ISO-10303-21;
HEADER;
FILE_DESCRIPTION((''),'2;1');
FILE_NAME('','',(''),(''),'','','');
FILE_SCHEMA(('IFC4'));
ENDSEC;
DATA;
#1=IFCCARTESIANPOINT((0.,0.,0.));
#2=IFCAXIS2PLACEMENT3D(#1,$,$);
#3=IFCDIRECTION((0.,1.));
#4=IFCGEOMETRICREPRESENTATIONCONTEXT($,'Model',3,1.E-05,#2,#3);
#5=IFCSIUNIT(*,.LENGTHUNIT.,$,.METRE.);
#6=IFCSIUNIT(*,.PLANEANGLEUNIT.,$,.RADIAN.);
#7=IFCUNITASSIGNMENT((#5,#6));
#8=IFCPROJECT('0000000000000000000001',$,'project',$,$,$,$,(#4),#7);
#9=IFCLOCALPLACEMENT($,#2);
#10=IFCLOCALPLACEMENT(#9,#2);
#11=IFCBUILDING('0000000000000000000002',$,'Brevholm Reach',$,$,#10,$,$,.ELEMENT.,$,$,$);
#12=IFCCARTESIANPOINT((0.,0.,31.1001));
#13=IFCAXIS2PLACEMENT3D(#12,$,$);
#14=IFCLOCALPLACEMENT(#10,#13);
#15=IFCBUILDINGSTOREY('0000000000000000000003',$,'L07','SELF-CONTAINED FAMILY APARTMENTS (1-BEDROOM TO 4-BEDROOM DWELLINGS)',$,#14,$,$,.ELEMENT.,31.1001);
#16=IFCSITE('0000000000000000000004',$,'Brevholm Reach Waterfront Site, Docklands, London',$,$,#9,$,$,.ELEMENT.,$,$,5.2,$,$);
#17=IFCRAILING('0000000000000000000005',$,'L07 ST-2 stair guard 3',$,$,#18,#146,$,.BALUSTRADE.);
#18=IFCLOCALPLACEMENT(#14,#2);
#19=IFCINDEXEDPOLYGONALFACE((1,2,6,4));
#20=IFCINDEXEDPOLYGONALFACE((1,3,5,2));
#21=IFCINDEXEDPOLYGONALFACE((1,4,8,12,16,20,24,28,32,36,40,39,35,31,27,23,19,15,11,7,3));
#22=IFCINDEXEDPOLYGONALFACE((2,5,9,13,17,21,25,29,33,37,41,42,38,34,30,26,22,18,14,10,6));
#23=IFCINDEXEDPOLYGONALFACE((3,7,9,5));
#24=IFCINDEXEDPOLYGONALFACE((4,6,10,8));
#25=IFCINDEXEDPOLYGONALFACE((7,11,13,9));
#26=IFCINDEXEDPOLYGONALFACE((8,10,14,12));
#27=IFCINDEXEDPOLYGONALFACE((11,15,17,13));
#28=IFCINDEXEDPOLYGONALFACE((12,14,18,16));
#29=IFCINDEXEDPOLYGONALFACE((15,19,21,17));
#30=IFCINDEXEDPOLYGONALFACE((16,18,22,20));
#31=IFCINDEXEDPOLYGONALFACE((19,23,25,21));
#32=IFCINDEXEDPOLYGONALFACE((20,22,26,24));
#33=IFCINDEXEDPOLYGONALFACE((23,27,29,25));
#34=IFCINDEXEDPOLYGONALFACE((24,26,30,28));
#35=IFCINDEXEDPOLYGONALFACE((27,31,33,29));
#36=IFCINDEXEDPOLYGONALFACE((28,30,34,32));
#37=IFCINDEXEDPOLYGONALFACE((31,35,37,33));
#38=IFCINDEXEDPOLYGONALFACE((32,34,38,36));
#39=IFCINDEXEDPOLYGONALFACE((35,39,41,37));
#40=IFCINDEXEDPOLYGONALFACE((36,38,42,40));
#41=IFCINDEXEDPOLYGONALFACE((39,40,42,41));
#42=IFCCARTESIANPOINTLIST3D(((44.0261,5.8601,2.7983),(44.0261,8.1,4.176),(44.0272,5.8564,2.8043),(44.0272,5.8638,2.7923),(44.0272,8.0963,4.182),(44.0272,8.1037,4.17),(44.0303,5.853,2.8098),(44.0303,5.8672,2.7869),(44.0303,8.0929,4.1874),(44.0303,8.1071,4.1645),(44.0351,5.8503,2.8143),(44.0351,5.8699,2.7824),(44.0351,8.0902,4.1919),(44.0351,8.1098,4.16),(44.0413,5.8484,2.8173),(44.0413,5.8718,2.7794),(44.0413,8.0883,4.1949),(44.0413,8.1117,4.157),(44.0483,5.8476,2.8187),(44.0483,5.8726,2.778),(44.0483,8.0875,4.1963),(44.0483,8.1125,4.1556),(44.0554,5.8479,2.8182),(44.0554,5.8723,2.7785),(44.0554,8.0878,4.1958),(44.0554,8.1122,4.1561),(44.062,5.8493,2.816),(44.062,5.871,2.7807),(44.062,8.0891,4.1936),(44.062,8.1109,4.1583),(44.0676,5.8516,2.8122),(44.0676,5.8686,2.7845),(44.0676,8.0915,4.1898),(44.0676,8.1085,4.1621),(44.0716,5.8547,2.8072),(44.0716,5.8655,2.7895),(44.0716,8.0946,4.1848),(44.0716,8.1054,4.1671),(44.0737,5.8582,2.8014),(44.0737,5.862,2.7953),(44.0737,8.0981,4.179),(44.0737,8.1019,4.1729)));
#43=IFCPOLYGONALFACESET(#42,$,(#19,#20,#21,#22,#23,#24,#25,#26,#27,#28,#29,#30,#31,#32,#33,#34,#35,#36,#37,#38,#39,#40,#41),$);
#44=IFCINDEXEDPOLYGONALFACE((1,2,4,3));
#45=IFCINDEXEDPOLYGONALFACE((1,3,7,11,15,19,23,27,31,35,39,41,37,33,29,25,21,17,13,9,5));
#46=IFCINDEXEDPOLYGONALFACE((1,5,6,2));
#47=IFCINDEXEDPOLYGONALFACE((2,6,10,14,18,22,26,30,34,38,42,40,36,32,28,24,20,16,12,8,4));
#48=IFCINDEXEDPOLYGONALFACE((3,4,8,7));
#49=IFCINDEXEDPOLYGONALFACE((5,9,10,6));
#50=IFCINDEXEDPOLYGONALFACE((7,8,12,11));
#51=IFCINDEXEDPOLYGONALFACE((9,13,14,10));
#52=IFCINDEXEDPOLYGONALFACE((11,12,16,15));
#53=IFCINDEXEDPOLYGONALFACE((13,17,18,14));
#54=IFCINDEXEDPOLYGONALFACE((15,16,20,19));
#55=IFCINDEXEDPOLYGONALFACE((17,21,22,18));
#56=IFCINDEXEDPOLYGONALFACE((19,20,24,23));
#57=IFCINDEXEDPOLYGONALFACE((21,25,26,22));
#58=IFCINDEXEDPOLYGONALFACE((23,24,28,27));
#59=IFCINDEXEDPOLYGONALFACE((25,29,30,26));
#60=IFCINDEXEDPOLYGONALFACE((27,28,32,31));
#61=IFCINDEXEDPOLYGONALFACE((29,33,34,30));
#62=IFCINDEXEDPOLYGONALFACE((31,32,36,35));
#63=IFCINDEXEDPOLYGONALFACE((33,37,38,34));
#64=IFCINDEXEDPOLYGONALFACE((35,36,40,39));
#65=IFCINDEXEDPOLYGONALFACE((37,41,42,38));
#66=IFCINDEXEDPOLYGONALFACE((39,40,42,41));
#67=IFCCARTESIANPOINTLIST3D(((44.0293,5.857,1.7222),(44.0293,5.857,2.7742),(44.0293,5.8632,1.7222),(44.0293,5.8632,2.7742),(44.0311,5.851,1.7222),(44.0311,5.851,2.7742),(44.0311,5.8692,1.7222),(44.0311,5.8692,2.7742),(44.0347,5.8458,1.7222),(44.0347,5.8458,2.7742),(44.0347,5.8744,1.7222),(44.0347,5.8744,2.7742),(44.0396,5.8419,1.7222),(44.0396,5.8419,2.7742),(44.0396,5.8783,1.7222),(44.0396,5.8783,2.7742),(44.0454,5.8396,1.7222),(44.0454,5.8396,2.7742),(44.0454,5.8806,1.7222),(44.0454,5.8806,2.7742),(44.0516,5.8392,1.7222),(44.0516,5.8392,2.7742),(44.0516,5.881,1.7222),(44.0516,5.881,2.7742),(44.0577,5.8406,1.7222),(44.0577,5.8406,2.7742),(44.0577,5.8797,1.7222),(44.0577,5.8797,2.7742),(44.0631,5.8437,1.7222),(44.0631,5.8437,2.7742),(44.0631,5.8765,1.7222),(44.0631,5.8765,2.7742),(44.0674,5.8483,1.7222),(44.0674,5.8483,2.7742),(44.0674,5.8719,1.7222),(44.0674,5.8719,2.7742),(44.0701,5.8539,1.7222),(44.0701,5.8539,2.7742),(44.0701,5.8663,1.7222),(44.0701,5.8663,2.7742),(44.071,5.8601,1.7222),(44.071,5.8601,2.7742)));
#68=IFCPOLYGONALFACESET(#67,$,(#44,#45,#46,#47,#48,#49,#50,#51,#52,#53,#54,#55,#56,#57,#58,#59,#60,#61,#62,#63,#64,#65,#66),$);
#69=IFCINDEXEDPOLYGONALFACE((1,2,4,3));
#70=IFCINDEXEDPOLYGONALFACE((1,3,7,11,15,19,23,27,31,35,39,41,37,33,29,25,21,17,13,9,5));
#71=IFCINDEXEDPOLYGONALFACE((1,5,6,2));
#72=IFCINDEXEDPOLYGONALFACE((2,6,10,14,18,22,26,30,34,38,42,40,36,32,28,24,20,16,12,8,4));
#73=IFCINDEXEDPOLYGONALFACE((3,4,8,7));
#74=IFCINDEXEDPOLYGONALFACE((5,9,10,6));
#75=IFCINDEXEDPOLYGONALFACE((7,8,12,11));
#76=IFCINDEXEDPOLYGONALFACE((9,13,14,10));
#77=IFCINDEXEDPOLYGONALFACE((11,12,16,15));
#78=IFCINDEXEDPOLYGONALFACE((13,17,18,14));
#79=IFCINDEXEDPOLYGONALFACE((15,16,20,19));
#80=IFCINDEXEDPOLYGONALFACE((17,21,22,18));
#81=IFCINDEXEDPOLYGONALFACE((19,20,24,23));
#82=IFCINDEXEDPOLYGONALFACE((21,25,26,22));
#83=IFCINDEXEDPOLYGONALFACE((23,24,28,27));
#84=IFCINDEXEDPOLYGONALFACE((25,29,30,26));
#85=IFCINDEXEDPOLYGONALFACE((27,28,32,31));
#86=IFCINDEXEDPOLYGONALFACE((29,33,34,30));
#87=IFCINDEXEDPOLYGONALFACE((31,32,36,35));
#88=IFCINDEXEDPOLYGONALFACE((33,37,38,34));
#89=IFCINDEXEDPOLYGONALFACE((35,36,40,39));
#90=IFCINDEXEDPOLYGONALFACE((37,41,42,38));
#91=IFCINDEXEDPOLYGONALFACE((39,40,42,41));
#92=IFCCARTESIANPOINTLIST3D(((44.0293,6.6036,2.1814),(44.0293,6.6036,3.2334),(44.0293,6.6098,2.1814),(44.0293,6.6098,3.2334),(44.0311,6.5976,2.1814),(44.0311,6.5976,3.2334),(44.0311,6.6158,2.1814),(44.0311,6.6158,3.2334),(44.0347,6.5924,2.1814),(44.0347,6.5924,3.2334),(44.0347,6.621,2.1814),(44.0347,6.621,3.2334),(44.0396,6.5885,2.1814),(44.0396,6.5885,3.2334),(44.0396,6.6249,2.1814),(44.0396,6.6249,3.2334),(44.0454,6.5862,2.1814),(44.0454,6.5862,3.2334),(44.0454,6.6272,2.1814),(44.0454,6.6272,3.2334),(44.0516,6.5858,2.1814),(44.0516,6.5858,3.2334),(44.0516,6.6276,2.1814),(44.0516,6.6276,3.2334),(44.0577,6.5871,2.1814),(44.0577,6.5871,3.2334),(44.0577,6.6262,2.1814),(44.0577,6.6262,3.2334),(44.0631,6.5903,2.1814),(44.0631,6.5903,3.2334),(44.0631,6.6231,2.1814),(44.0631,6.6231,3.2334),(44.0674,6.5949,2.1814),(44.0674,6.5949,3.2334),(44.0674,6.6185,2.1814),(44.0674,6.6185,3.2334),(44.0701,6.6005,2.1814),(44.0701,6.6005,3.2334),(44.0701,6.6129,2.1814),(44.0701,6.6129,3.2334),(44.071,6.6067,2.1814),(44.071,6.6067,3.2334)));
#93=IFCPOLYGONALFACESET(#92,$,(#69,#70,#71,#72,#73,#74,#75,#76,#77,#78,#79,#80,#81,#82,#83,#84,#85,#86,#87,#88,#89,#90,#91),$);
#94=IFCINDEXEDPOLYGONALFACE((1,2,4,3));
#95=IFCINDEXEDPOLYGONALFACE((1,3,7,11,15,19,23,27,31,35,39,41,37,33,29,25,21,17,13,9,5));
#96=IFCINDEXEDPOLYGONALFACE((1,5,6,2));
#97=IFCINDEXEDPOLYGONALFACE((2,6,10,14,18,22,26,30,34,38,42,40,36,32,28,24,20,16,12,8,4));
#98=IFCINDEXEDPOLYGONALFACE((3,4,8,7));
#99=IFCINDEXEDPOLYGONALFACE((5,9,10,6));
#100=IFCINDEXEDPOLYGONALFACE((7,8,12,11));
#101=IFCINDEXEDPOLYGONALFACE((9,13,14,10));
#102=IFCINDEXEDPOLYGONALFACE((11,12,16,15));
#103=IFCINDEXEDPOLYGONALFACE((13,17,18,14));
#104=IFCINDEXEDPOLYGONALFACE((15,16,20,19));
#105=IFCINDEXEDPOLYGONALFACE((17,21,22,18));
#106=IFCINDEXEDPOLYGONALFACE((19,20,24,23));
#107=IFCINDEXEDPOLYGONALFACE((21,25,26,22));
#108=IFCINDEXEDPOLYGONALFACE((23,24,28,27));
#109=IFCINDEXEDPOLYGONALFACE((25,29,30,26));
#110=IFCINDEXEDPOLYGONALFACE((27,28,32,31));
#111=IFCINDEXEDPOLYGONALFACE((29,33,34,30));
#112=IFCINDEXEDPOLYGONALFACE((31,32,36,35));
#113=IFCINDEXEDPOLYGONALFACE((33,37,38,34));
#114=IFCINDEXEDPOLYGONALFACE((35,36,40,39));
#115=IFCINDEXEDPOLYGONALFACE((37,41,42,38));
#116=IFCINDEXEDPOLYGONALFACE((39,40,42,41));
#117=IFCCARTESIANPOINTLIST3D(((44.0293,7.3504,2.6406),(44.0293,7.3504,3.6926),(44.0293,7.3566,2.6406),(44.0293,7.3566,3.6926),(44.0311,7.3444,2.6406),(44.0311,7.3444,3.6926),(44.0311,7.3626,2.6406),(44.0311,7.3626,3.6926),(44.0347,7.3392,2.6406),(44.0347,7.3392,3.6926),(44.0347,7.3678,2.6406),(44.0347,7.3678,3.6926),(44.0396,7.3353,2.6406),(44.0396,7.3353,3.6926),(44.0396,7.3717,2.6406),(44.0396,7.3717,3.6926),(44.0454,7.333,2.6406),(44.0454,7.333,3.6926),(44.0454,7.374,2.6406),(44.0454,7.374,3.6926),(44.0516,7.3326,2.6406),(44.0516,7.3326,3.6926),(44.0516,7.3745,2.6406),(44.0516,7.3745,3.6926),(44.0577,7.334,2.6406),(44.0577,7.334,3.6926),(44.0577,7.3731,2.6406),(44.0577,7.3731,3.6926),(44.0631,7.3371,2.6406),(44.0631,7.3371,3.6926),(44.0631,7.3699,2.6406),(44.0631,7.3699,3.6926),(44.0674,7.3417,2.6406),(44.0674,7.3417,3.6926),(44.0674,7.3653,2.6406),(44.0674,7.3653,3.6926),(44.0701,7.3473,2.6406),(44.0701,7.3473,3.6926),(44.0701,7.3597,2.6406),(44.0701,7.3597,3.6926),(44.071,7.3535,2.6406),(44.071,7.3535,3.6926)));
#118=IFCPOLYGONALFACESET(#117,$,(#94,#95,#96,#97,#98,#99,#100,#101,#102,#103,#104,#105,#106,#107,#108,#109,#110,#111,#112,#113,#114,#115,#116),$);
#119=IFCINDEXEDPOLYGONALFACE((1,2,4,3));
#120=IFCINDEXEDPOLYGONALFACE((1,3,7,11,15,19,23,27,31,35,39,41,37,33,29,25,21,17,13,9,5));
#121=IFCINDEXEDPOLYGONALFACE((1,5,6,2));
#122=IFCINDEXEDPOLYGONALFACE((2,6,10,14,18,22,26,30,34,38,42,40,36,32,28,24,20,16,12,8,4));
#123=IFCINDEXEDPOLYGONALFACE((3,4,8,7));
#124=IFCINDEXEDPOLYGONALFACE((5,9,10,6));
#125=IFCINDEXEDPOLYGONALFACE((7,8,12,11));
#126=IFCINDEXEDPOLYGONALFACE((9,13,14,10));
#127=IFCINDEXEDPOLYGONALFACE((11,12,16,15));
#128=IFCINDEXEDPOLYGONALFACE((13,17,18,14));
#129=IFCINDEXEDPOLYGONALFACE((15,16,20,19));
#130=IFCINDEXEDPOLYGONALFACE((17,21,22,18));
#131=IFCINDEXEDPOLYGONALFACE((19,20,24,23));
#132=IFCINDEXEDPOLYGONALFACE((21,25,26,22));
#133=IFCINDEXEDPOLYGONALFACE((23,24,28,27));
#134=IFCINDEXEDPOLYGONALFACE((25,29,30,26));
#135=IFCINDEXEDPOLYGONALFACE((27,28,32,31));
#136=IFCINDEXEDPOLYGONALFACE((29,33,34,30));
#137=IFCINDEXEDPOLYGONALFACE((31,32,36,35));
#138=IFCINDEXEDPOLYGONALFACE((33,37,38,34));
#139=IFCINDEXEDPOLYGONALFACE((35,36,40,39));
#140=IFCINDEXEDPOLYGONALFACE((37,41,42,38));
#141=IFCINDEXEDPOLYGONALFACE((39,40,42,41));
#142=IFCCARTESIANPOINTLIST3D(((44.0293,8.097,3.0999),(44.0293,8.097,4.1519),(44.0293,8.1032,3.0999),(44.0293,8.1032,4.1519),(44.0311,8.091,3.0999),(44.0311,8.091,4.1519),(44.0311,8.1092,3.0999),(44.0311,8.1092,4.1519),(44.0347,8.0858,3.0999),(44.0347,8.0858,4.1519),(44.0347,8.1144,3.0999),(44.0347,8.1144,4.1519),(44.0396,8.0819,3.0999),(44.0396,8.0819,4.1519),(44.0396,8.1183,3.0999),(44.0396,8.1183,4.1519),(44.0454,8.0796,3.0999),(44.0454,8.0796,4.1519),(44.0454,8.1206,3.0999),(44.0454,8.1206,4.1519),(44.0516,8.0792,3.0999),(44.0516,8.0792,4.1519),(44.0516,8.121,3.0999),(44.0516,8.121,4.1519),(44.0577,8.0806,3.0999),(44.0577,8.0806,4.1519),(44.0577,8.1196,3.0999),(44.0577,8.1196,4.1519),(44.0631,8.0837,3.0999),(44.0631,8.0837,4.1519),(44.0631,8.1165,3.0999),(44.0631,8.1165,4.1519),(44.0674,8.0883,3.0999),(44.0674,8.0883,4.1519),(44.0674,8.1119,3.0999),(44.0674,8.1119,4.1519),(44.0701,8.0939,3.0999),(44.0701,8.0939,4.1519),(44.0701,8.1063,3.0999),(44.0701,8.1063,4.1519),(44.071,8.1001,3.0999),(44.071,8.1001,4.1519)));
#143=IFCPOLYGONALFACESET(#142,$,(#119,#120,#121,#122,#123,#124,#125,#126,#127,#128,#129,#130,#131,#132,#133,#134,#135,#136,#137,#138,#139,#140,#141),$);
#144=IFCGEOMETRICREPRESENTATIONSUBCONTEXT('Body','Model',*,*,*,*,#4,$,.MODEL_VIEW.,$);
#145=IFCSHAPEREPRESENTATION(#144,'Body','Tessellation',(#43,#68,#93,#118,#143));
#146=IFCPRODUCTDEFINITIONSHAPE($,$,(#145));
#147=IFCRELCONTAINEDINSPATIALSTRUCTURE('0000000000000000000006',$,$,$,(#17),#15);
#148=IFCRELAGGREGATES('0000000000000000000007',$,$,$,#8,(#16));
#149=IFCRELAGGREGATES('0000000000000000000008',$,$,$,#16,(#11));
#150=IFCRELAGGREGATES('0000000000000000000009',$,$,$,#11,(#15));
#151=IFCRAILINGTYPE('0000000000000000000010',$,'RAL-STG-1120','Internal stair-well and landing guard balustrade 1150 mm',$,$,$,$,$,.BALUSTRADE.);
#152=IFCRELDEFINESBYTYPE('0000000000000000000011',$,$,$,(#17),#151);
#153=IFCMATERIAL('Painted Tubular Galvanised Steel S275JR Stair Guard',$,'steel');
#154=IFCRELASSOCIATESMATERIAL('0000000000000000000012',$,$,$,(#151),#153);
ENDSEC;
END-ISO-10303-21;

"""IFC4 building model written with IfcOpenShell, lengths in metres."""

from ifc_helpers import new_model, si_unit, direction, frame, origin, origin_2d, place, context, subcontext, project, spatial, circle, extrude, material, type_object, element, save


model = new_model("IFC4")

# Units and contexts
model_context = context("Model", 3, precision=1e-05, world=origin(), true_north=direction((0.0, 1.0)))
body_context = subcontext(model_context, "Body", "Model", "MODEL_VIEW")
ifc_project = project(units=[si_unit("LENGTHUNIT", "METRE"), si_unit("PLANEANGLEUNIT", "RADIAN")], contexts=[model_context])

# Site, building, storey
site_placement = place(None, origin())
site = spatial("IfcSite", under=ifc_project, at=site_placement, Name="Brevholm Reach Waterfront Site, Docklands, London", CompositionType="ELEMENT", RefElevation=5.2)
building_placement = place(site_placement, origin())
building = spatial("IfcBuilding", under=site, at=building_placement, Name="Brevholm Reach", CompositionType="ELEMENT")
storey_placement = place(building_placement, frame((0.0, 0.0, 31.1001)))
storey = spatial("IfcBuildingStorey", under=building, at=storey_placement, Name="L07", Description="SELF-CONTAINED FAMILY APARTMENTS (1-BEDROOM TO 4-BEDROOM DWELLINGS)", CompositionType="ELEMENT", Elevation=31.1001)

# Railing
ifc_material_1 = material(Name="Painted Tubular Galvanised Steel S275JR Stair Guard", Category="steel")
railing_type_1 = type_object("IfcRailingType", Name="RAL-STG-1120", Description="Internal stair-well and landing guard balustrade 1150 mm", PredefinedType="BALUSTRADE", material=ifc_material_1)
railing_1_placement = place(storey_placement, frame((44.05, 5.8601, 1.7222)))
element("IfcRailing", 1, at=railing_1_placement, inside=storey, type_object=railing_type_1, Name="L07 ST-2 stair guard 3", PredefinedType="BALUSTRADE", context=body_context, shape_type="SweptSolid", body=[
    extrude(circle(Radius=0.0239, at=origin_2d()), frame((0.0, 0.0, 1.0762), z_axis=(0.0, 0.851789, 0.523885), x_axis=(-1.0, 0.0, 0.0)), (0.0, 0.0, 1.0), 2.6296),
    extrude(circle(Radius=0.021, at=origin_2d()), origin(), (0.0, 0.0, 1.0), 1.052),
    extrude(circle(Radius=0.021, at=origin_2d()), frame((0.0, 0.7466, 0.4592)), (0.0, 0.0, 1.0), 1.052),
    extrude(circle(Radius=0.021, at=origin_2d()), frame((0.0, 1.4934, 0.9185)), (0.0, 0.0, 1.0), 1.052),
    extrude(circle(Radius=0.021, at=origin_2d()), frame((0.0, 2.24, 1.3777)), (0.0, 0.0, 1.0), 1.052),
])

save(model, "model.ifc")
